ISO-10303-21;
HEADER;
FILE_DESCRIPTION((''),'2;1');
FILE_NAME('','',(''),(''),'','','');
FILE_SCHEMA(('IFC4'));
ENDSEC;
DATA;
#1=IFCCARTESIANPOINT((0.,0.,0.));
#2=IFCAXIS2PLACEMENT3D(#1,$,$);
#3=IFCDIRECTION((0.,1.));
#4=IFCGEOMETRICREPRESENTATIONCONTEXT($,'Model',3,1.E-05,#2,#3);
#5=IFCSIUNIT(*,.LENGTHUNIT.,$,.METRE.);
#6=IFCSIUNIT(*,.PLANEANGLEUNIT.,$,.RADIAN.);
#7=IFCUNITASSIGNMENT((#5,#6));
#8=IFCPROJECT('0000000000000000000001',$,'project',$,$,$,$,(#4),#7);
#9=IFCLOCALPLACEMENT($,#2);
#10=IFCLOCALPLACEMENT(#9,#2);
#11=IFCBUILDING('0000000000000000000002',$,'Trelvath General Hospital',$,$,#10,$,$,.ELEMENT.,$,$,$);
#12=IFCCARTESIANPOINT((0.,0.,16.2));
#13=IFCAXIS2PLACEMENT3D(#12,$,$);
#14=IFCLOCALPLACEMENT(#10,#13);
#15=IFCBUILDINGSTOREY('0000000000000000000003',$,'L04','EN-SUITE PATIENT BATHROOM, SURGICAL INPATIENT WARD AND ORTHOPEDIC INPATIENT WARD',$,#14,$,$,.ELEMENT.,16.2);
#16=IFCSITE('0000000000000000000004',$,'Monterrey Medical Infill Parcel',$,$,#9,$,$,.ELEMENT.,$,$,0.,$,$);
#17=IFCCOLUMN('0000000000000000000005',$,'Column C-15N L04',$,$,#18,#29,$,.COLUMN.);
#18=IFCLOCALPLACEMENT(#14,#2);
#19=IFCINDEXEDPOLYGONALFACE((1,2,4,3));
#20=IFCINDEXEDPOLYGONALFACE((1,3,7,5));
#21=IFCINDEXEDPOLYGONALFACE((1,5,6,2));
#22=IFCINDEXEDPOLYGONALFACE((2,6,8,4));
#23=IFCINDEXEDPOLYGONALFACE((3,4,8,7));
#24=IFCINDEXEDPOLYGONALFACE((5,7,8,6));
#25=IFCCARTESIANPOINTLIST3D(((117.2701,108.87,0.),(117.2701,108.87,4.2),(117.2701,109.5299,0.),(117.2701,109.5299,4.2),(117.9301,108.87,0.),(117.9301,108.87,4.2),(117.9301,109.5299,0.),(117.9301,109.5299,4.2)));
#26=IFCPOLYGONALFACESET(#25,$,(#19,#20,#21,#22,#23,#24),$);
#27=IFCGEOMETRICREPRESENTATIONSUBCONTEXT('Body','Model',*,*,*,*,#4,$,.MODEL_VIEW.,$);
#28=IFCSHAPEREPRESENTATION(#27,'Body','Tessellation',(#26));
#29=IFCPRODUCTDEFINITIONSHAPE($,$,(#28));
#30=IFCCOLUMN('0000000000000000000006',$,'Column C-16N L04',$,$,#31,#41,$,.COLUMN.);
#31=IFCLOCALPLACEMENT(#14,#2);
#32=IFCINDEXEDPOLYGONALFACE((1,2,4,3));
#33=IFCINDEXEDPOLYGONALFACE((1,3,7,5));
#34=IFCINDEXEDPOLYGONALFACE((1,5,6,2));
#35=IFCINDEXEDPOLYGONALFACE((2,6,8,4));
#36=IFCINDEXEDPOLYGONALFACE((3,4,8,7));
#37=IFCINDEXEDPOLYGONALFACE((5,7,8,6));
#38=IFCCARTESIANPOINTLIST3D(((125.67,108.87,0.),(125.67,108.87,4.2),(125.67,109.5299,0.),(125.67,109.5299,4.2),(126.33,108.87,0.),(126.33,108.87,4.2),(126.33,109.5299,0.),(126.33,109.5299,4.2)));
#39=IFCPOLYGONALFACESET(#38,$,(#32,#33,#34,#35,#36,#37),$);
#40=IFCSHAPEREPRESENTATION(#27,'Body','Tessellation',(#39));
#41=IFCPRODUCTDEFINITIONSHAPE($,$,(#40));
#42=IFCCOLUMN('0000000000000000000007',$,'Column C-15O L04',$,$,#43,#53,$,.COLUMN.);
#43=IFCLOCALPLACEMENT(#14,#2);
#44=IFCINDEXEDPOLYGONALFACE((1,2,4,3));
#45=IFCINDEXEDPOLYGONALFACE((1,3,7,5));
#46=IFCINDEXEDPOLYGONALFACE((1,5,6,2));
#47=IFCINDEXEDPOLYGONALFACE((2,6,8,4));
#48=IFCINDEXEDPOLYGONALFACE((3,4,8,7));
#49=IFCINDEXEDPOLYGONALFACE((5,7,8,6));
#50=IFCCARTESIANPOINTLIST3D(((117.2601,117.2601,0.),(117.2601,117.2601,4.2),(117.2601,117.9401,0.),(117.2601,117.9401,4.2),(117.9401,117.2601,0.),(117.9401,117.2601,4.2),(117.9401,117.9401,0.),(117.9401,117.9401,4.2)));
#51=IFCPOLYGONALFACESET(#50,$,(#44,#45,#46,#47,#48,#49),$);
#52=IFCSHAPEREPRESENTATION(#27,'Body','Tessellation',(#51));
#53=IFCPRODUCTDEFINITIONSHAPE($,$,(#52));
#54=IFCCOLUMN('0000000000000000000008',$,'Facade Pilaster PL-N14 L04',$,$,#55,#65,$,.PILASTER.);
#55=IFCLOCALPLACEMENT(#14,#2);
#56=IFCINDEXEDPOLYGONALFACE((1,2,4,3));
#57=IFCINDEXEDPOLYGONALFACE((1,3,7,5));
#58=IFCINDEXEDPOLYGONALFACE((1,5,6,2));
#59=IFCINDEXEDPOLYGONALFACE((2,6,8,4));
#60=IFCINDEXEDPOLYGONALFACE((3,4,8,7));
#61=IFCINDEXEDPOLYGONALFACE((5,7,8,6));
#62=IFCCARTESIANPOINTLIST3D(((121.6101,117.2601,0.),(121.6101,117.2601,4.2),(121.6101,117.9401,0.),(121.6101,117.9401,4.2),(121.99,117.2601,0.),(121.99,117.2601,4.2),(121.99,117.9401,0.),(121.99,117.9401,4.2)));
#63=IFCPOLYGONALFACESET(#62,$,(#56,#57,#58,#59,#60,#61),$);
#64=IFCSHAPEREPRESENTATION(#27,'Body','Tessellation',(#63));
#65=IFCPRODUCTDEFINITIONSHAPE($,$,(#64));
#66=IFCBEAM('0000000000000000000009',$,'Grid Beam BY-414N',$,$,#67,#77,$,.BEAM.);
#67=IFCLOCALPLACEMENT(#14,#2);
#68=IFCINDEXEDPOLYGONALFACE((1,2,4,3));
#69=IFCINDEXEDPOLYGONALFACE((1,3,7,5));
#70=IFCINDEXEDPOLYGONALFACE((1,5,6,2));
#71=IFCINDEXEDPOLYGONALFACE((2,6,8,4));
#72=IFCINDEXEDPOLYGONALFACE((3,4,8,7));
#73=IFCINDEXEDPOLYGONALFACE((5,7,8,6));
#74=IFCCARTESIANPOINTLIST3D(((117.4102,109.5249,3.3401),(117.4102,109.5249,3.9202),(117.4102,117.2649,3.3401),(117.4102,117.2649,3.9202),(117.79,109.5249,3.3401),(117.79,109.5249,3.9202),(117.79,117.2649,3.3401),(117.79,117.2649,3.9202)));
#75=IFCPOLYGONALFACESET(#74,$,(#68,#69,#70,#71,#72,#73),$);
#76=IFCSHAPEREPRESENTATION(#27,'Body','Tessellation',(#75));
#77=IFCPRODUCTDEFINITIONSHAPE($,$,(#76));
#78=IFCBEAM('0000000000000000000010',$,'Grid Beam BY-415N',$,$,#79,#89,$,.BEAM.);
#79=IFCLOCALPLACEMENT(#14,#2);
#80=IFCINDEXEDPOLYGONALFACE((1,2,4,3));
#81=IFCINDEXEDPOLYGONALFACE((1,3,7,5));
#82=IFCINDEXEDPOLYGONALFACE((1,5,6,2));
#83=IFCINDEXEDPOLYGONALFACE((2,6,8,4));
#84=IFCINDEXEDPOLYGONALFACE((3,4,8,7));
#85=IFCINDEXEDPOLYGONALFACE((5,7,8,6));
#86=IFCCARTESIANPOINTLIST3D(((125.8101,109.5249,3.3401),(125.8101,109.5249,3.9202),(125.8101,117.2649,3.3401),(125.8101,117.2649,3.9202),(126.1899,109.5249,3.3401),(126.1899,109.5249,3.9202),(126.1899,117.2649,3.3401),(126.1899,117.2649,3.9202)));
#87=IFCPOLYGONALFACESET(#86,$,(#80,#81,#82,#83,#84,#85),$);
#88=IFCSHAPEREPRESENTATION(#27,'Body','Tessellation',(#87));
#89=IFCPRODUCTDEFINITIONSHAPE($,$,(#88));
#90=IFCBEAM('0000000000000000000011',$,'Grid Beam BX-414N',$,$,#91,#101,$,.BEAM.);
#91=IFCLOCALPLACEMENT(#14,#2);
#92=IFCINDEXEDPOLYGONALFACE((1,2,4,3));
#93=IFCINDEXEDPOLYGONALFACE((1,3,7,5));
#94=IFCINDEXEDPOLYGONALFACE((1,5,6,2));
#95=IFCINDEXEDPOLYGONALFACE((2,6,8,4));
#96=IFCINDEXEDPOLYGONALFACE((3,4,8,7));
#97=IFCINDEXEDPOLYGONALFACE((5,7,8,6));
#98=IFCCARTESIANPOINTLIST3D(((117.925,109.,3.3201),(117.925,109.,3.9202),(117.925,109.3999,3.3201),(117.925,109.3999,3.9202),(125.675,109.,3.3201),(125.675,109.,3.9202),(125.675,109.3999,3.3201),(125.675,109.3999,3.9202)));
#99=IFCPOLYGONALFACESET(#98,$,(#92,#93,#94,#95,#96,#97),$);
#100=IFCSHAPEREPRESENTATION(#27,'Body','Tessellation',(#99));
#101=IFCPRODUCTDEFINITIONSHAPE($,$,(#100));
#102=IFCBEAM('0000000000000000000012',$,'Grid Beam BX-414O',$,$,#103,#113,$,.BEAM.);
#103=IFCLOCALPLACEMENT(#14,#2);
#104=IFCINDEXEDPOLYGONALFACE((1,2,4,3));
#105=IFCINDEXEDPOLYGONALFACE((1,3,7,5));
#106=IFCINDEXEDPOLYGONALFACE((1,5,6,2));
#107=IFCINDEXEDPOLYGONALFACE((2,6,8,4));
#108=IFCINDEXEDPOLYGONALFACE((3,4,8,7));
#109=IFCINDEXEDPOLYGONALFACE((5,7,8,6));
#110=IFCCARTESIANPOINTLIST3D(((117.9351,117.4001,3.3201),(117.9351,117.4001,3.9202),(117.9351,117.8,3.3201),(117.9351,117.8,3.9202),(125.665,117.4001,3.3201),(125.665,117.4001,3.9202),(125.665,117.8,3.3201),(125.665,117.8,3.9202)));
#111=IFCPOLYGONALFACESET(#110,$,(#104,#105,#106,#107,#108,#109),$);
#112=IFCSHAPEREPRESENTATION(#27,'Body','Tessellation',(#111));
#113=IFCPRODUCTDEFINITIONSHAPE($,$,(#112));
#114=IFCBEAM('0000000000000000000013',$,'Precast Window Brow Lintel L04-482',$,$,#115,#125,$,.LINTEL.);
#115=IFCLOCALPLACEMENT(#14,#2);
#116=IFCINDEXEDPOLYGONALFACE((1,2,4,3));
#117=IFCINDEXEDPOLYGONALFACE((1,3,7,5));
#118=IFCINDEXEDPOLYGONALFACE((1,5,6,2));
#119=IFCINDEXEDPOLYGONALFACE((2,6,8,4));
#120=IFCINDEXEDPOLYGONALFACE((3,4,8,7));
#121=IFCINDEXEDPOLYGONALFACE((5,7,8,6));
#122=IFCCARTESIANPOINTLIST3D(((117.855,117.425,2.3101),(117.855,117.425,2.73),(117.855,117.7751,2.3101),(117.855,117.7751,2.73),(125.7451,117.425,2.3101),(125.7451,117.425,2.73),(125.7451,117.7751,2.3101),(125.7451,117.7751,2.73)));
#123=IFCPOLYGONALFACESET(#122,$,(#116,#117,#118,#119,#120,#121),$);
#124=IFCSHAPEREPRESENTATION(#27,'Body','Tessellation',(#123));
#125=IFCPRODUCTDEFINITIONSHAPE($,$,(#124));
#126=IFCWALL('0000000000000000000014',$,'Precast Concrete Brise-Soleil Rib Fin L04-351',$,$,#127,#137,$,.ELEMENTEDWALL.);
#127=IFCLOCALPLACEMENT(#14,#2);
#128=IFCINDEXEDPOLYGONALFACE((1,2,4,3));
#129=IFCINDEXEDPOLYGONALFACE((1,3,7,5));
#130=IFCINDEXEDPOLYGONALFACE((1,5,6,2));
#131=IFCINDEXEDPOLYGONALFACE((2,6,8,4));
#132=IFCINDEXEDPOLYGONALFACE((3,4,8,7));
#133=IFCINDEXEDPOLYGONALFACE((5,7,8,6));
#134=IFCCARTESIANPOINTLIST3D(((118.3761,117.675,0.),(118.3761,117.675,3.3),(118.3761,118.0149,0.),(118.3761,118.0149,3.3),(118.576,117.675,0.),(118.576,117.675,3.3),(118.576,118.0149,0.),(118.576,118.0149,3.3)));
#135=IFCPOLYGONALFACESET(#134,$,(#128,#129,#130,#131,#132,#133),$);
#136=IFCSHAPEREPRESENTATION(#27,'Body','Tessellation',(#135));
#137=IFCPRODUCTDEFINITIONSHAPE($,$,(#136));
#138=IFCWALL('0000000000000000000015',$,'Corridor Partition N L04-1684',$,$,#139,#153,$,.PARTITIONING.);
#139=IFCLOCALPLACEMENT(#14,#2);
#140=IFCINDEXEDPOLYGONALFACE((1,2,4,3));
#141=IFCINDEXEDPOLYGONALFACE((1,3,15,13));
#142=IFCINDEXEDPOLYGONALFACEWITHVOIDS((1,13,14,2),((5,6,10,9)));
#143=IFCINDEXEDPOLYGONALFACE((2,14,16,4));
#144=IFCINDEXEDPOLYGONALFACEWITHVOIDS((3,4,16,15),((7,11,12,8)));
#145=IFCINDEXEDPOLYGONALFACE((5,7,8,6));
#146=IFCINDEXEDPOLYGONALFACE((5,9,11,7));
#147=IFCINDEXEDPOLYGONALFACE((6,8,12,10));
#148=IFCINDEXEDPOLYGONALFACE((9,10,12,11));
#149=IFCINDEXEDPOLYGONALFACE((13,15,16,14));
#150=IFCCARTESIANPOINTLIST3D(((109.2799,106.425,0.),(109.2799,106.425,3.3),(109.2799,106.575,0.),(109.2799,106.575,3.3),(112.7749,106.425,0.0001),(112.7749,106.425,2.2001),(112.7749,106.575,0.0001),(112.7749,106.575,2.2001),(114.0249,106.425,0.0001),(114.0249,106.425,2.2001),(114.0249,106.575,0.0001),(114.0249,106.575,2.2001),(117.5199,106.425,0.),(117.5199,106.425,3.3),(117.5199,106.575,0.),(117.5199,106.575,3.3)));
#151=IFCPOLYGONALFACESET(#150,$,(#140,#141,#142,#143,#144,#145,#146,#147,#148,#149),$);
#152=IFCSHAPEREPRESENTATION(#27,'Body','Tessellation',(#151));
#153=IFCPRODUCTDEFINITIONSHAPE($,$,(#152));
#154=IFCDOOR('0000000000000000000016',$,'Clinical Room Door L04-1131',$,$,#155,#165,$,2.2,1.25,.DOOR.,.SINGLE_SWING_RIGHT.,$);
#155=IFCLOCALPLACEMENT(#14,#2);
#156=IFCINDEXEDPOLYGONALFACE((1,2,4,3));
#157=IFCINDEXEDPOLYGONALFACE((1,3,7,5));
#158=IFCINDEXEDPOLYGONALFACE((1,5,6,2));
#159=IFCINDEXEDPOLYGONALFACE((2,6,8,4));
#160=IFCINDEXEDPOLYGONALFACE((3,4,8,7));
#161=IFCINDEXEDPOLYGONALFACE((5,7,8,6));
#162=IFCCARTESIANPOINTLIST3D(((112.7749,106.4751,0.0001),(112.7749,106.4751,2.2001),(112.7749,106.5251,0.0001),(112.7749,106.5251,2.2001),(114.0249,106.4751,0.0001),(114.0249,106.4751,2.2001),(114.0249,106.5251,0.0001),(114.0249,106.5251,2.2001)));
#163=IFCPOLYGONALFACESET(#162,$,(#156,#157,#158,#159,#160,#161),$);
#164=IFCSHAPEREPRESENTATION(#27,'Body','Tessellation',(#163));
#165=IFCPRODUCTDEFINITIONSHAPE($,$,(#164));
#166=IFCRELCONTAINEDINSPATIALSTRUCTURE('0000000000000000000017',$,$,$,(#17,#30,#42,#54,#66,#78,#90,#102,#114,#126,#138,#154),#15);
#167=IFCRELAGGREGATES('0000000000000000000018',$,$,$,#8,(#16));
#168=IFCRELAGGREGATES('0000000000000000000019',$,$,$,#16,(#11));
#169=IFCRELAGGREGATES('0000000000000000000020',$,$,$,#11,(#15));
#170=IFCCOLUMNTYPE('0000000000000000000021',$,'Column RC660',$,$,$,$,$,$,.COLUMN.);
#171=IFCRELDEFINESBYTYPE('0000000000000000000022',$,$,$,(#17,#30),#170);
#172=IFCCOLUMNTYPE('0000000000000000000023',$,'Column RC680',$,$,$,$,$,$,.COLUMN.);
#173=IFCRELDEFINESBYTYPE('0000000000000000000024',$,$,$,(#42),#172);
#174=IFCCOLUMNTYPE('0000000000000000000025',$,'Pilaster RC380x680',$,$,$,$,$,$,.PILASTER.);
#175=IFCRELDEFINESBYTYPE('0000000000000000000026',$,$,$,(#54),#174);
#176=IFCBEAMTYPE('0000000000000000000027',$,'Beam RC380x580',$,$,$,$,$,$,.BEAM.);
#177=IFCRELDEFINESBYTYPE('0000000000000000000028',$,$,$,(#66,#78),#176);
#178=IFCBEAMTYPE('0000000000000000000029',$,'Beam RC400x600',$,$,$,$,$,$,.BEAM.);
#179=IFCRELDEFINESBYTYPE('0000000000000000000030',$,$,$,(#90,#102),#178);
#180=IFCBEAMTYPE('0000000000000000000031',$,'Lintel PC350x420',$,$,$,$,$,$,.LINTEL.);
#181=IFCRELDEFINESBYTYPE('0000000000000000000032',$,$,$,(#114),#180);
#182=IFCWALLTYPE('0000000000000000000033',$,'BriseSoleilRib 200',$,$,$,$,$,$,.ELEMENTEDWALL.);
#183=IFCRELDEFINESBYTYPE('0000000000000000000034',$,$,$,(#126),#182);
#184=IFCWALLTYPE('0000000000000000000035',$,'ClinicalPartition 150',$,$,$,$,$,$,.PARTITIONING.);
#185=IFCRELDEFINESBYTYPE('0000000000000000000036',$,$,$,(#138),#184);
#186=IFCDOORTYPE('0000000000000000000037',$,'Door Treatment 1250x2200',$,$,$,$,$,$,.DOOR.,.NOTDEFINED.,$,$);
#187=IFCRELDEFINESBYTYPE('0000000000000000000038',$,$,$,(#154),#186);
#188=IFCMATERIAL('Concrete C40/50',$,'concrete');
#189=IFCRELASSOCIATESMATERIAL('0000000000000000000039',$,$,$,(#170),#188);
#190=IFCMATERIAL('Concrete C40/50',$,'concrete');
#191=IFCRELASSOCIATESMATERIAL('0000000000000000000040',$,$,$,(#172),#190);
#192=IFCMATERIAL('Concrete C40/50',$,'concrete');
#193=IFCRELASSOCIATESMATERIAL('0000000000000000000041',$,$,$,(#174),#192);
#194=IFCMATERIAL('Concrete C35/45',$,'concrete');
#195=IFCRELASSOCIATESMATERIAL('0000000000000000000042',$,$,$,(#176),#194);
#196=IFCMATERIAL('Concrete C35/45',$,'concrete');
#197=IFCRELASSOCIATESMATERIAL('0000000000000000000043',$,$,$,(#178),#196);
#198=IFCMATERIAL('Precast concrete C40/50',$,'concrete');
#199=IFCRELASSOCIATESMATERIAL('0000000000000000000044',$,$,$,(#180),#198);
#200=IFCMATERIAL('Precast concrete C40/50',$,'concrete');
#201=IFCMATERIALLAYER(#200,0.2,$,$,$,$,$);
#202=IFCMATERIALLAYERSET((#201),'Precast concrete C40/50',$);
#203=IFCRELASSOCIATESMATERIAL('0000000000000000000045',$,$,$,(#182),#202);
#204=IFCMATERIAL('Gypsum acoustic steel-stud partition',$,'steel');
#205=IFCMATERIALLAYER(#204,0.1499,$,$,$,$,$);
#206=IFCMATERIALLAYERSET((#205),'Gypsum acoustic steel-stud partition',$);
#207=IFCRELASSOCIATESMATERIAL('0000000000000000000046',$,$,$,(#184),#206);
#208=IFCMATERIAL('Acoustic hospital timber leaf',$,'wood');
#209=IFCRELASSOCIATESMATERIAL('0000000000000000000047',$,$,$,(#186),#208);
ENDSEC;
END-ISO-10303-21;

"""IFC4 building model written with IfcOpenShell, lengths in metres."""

from ifc_helpers import new_model, si_unit, direction, frame, frame_2d, origin, origin_2d, place, context, subcontext, project, spatial, rectangle, extrude, material, layer, layer_set, material_profile, profile_set, type_object, element, fill, save


model = new_model("IFC4")

# Units and contexts
model_context = context("Model", 3, precision=1e-05, world=origin(), true_north=direction((0.0, 1.0)))
body_context = subcontext(model_context, "Body", "Model", "MODEL_VIEW")
ifc_project = project(units=[si_unit("LENGTHUNIT", "METRE"), si_unit("PLANEANGLEUNIT", "RADIAN")], contexts=[model_context])

# Site, building, storey
site_placement = place(None, origin())
site = spatial("IfcSite", under=ifc_project, at=site_placement, Name="Monterrey Medical Infill Parcel", CompositionType="ELEMENT", RefElevation=0.0)
building_placement = place(site_placement, origin())
building = spatial("IfcBuilding", under=site, at=building_placement, Name="Trelvath General Hospital", CompositionType="ELEMENT")
storey_placement = place(building_placement, frame((0.0, 0.0, 16.2)))
storey = spatial("IfcBuildingStorey", under=building, at=storey_placement, Name="L04", Description="EN-SUITE PATIENT BATHROOM, SURGICAL INPATIENT WARD AND ORTHOPEDIC INPATIENT WARD", CompositionType="ELEMENT", Elevation=16.2)

# Columns
ifc_material_1 = material(Name="Concrete C40/50", Category="concrete")
ifc_material_profile_1 = material_profile(ifc_material_1, rectangle(XDim=0.6599, YDim=0.6599, at=origin_2d()), Name="RC660x660")
ifc_profile_set_1 = profile_set([ifc_material_profile_1], Name="Concrete C40/50")
column_type_1 = type_object("IfcColumnType", Name="Column RC660", PredefinedType="COLUMN", material=ifc_profile_set_1)
for number, where, z_axis, x_axis, name in (
    (1, (117.6001, 109.2, 0.0), (0.0, 0.0, 1.0), (1.0, 0.0, 0.0), "Column C-15N L04"),
    (2, (126.0, 109.2, 0.0), (0.0, 0.0, 1.0), (1.0, 0.0, 0.0), "Column C-16N L04"),
):
    element("IfcColumn", number, at=place(storey_placement, frame(where, z_axis=z_axis, x_axis=x_axis)), inside=storey, type_object=column_type_1, Name=name, PredefinedType="COLUMN", context=body_context, shape_type="SweptSolid", body=[
        extrude(rectangle(XDim=0.6599, YDim=0.6599, at=origin_2d()), origin(), (0.0, 0.0, 1.0), 4.2),
    ])
ifc_material_2 = material(Name="Concrete C40/50", Category="concrete")
ifc_material_profile_2 = material_profile(ifc_material_2, rectangle(XDim=0.6799, YDim=0.6799, at=origin_2d()), Name="RC680x680")
ifc_profile_set_2 = profile_set([ifc_material_profile_2], Name="Concrete C40/50")
column_type_2 = type_object("IfcColumnType", Name="Column RC680", PredefinedType="COLUMN", material=ifc_profile_set_2)
column_1_placement = place(storey_placement, frame((117.6001, 117.6001, 0.0), z_axis=(0.0, 0.0, 1.0), x_axis=(1.0, 0.0, 0.0)))
element("IfcColumn", 3, at=column_1_placement, inside=storey, type_object=column_type_2, Name="Column C-15O L04", PredefinedType="COLUMN", context=body_context, shape_type="SweptSolid", body=[
    extrude(rectangle(XDim=0.6799, YDim=0.6799, at=origin_2d()), origin(), (0.0, 0.0, 1.0), 4.2),
])
ifc_material_3 = material(Name="Concrete C40/50", Category="concrete")
ifc_material_profile_3 = material_profile(ifc_material_3, rectangle(XDim=0.3799, YDim=0.6799, at=origin_2d()), Name="RC380x680")
ifc_profile_set_3 = profile_set([ifc_material_profile_3], Name="Concrete C40/50")
column_type_3 = type_object("IfcColumnType", Name="Pilaster RC380x680", PredefinedType="PILASTER", material=ifc_profile_set_3)
column_2_placement = place(storey_placement, frame((121.8, 117.6001, 0.0), z_axis=(0.0, 0.0, 1.0), x_axis=(1.0, 0.0, 0.0)))
element("IfcColumn", 4, at=column_2_placement, inside=storey, type_object=column_type_3, Name="Facade Pilaster PL-N14 L04", PredefinedType="PILASTER", context=body_context, shape_type="SweptSolid", body=[
    extrude(rectangle(XDim=0.3799, YDim=0.6799, at=origin_2d()), origin(), (0.0, 0.0, 1.0), 4.2),
])

# Beams
ifc_material_4 = material(Name="Concrete C35/45", Category="concrete")
ifc_material_profile_4 = material_profile(ifc_material_4, rectangle(XDim=0.3799, YDim=0.5801, at=origin_2d()), Name="RCB380x580")
ifc_profile_set_4 = profile_set([ifc_material_profile_4], Name="Concrete C35/45")
beam_type_1 = type_object("IfcBeamType", Name="Beam RC380x580", PredefinedType="BEAM", material=ifc_profile_set_4)
for number, where, z_axis, x_axis, name in (
    (5, (117.6001, 109.5249, 3.6301), (0.0, 1.0, 0.0), (-1.0, 0.0, 0.0), "Grid Beam BY-414N"),
    (6, (126.0, 109.5249, 3.6301), (0.0, 1.0, 0.0), (-1.0, 0.0, 0.0), "Grid Beam BY-415N"),
):
    element("IfcBeam", number, at=place(storey_placement, frame(where, z_axis=z_axis, x_axis=x_axis)), inside=storey, type_object=beam_type_1, Name=name, PredefinedType="BEAM", context=body_context, shape_type="SweptSolid", body=[
        extrude(rectangle(XDim=0.3799, YDim=0.5801, at=origin_2d()), origin(), (0.0, 0.0, 1.0), 7.74),
    ])
ifc_material_5 = material(Name="Concrete C35/45", Category="concrete")
ifc_material_profile_5 = material_profile(ifc_material_5, rectangle(XDim=0.3999, YDim=0.6001, at=origin_2d()), Name="RCB400x600")
ifc_profile_set_5 = profile_set([ifc_material_profile_5], Name="Concrete C35/45")
beam_type_2 = type_object("IfcBeamType", Name="Beam RC400x600", PredefinedType="BEAM", material=ifc_profile_set_5)
beam_1_placement = place(storey_placement, frame((117.925, 109.2, 3.6201), z_axis=(1.0, 0.0, 0.0), x_axis=(0.0, 1.0, 0.0)))
element("IfcBeam", 7, at=beam_1_placement, inside=storey, type_object=beam_type_2, Name="Grid Beam BX-414N", PredefinedType="BEAM", context=body_context, shape_type="SweptSolid", body=[
    extrude(rectangle(XDim=0.3999, YDim=0.6001, at=origin_2d()), origin(), (0.0, 0.0, 1.0), 7.75),
])
beam_2_placement = place(storey_placement, frame((117.9351, 117.6001, 3.6201), z_axis=(1.0, 0.0, 0.0), x_axis=(0.0, 1.0, 0.0)))
element("IfcBeam", 8, at=beam_2_placement, inside=storey, type_object=beam_type_2, Name="Grid Beam BX-414O", PredefinedType="BEAM", context=body_context, shape_type="SweptSolid", body=[
    extrude(rectangle(XDim=0.3999, YDim=0.6001, at=origin_2d()), origin(), (0.0, 0.0, 1.0), 7.73),
])
ifc_material_6 = material(Name="Precast concrete C40/50", Category="concrete")
ifc_material_profile_6 = material_profile(ifc_material_6, rectangle(XDim=0.3501, YDim=0.4199, at=origin_2d()), Name="PCL350x420")
ifc_profile_set_6 = profile_set([ifc_material_profile_6], Name="Precast concrete C40/50")
beam_type_3 = type_object("IfcBeamType", Name="Lintel PC350x420", PredefinedType="LINTEL", material=ifc_profile_set_6)
beam_3_placement = place(storey_placement, frame((117.855, 117.6001, 2.52), z_axis=(1.0, 0.0, 0.0), x_axis=(0.0, 1.0, 0.0)))
element("IfcBeam", 9, at=beam_3_placement, inside=storey, type_object=beam_type_3, Name="Precast Window Brow Lintel L04-482", PredefinedType="LINTEL", context=body_context, shape_type="SweptSolid", body=[
    extrude(rectangle(XDim=0.3501, YDim=0.4199, at=origin_2d()), origin(), (0.0, 0.0, 1.0), 7.8901),
])

# Wall
ifc_material_7 = material(Name="Precast concrete C40/50", Category="concrete")
ifc_layer_1 = layer(ifc_material_7, 0.2)
ifc_layer_set_1 = layer_set([ifc_layer_1], Name="Precast concrete C40/50")
wall_type_1 = type_object("IfcWallType", Name="BriseSoleilRib 200", PredefinedType="ELEMENTEDWALL", material=ifc_layer_set_1)
wall_1_placement = place(storey_placement, frame((118.4761, 117.675, 0.0), z_axis=(0.0, 0.0, 1.0), x_axis=(0.0, 1.0, 0.0)))
element("IfcWall", 10, at=wall_1_placement, inside=storey, type_object=wall_type_1, Name="Precast Concrete Brise-Soleil Rib Fin L04-351", PredefinedType="ELEMENTEDWALL", context=body_context, shape_type="SweptSolid", body=[
    extrude(rectangle(XDim=0.3398, YDim=0.2, at=frame_2d((0.1699, 0.0))), origin(), (0.0, 0.0, 1.0), 3.3),
])

# Wall, opening, door
ifc_material_8 = material(Name="Gypsum acoustic steel-stud partition", Category="steel")
ifc_layer_2 = layer(ifc_material_8, 0.1499)
ifc_layer_set_2 = layer_set([ifc_layer_2], Name="Gypsum acoustic steel-stud partition")
wall_type_2 = type_object("IfcWallType", Name="ClinicalPartition 150", PredefinedType="PARTITIONING", material=ifc_layer_set_2)
wall_2_placement = place(storey_placement, frame((117.52, 106.5, 0.0), z_axis=(0.0, 0.0, 1.0), x_axis=(-1.0, 0.0, 0.0)))
wall_2 = element("IfcWall", 11, at=wall_2_placement, inside=storey, type_object=wall_type_2, Name="Corridor Partition N L04-1684", PredefinedType="PARTITIONING", context=body_context, shape_type="SweptSolid", body=[
    extrude(rectangle(XDim=8.24, YDim=0.1499, at=frame_2d((4.1201, 0.0))), origin(), (0.0, 0.0, 1.0), 3.3),
])
opening_1_placement = place(wall_2_placement, frame((3.4951, 0.0, 0.0)))
opening_1 = element("IfcOpeningElement", 12, at=opening_1_placement, cuts=wall_2, PredefinedType="OPENING", context=body_context, shape_type="SweptSolid", body=[
    extrude(rectangle(XDim=1.25, YDim=2.2, at=frame_2d((0.625, 1.1001))), frame((0.0, 0.085, 0.0), z_axis=(0.0, -1.0, 0.0), x_axis=(1.0, 0.0, 0.0)), (0.0, 0.0, 1.0), 0.1699),
])
ifc_material_9 = material(Name="Acoustic hospital timber leaf", Category="wood")
door_type_1 = type_object("IfcDoorType", Name="Door Treatment 1250x2200", OperationType="NOTDEFINED", PredefinedType="DOOR", material=ifc_material_9)
door_1_placement = place(opening_1_placement, origin())
door_1 = element("IfcDoor", 13, at=door_1_placement, inside=storey, type_object=door_type_1, Name="Clinical Room Door L04-1131", OperationType="SINGLE_SWING_RIGHT", OverallHeight=2.2, OverallWidth=1.25, PredefinedType="DOOR", context=body_context, shape_type="SweptSolid", body=[
    extrude(rectangle(XDim=1.25, YDim=2.2, at=frame_2d((0.625, 1.1001))), frame((0.0, 0.0249, 0.0), z_axis=(0.0, -1.0, 0.0), x_axis=(1.0, 0.0, 0.0)), (0.0, 0.0, 1.0), 0.05),
])
fill(opening_1, door_1)

save(model, "model.ifc")
